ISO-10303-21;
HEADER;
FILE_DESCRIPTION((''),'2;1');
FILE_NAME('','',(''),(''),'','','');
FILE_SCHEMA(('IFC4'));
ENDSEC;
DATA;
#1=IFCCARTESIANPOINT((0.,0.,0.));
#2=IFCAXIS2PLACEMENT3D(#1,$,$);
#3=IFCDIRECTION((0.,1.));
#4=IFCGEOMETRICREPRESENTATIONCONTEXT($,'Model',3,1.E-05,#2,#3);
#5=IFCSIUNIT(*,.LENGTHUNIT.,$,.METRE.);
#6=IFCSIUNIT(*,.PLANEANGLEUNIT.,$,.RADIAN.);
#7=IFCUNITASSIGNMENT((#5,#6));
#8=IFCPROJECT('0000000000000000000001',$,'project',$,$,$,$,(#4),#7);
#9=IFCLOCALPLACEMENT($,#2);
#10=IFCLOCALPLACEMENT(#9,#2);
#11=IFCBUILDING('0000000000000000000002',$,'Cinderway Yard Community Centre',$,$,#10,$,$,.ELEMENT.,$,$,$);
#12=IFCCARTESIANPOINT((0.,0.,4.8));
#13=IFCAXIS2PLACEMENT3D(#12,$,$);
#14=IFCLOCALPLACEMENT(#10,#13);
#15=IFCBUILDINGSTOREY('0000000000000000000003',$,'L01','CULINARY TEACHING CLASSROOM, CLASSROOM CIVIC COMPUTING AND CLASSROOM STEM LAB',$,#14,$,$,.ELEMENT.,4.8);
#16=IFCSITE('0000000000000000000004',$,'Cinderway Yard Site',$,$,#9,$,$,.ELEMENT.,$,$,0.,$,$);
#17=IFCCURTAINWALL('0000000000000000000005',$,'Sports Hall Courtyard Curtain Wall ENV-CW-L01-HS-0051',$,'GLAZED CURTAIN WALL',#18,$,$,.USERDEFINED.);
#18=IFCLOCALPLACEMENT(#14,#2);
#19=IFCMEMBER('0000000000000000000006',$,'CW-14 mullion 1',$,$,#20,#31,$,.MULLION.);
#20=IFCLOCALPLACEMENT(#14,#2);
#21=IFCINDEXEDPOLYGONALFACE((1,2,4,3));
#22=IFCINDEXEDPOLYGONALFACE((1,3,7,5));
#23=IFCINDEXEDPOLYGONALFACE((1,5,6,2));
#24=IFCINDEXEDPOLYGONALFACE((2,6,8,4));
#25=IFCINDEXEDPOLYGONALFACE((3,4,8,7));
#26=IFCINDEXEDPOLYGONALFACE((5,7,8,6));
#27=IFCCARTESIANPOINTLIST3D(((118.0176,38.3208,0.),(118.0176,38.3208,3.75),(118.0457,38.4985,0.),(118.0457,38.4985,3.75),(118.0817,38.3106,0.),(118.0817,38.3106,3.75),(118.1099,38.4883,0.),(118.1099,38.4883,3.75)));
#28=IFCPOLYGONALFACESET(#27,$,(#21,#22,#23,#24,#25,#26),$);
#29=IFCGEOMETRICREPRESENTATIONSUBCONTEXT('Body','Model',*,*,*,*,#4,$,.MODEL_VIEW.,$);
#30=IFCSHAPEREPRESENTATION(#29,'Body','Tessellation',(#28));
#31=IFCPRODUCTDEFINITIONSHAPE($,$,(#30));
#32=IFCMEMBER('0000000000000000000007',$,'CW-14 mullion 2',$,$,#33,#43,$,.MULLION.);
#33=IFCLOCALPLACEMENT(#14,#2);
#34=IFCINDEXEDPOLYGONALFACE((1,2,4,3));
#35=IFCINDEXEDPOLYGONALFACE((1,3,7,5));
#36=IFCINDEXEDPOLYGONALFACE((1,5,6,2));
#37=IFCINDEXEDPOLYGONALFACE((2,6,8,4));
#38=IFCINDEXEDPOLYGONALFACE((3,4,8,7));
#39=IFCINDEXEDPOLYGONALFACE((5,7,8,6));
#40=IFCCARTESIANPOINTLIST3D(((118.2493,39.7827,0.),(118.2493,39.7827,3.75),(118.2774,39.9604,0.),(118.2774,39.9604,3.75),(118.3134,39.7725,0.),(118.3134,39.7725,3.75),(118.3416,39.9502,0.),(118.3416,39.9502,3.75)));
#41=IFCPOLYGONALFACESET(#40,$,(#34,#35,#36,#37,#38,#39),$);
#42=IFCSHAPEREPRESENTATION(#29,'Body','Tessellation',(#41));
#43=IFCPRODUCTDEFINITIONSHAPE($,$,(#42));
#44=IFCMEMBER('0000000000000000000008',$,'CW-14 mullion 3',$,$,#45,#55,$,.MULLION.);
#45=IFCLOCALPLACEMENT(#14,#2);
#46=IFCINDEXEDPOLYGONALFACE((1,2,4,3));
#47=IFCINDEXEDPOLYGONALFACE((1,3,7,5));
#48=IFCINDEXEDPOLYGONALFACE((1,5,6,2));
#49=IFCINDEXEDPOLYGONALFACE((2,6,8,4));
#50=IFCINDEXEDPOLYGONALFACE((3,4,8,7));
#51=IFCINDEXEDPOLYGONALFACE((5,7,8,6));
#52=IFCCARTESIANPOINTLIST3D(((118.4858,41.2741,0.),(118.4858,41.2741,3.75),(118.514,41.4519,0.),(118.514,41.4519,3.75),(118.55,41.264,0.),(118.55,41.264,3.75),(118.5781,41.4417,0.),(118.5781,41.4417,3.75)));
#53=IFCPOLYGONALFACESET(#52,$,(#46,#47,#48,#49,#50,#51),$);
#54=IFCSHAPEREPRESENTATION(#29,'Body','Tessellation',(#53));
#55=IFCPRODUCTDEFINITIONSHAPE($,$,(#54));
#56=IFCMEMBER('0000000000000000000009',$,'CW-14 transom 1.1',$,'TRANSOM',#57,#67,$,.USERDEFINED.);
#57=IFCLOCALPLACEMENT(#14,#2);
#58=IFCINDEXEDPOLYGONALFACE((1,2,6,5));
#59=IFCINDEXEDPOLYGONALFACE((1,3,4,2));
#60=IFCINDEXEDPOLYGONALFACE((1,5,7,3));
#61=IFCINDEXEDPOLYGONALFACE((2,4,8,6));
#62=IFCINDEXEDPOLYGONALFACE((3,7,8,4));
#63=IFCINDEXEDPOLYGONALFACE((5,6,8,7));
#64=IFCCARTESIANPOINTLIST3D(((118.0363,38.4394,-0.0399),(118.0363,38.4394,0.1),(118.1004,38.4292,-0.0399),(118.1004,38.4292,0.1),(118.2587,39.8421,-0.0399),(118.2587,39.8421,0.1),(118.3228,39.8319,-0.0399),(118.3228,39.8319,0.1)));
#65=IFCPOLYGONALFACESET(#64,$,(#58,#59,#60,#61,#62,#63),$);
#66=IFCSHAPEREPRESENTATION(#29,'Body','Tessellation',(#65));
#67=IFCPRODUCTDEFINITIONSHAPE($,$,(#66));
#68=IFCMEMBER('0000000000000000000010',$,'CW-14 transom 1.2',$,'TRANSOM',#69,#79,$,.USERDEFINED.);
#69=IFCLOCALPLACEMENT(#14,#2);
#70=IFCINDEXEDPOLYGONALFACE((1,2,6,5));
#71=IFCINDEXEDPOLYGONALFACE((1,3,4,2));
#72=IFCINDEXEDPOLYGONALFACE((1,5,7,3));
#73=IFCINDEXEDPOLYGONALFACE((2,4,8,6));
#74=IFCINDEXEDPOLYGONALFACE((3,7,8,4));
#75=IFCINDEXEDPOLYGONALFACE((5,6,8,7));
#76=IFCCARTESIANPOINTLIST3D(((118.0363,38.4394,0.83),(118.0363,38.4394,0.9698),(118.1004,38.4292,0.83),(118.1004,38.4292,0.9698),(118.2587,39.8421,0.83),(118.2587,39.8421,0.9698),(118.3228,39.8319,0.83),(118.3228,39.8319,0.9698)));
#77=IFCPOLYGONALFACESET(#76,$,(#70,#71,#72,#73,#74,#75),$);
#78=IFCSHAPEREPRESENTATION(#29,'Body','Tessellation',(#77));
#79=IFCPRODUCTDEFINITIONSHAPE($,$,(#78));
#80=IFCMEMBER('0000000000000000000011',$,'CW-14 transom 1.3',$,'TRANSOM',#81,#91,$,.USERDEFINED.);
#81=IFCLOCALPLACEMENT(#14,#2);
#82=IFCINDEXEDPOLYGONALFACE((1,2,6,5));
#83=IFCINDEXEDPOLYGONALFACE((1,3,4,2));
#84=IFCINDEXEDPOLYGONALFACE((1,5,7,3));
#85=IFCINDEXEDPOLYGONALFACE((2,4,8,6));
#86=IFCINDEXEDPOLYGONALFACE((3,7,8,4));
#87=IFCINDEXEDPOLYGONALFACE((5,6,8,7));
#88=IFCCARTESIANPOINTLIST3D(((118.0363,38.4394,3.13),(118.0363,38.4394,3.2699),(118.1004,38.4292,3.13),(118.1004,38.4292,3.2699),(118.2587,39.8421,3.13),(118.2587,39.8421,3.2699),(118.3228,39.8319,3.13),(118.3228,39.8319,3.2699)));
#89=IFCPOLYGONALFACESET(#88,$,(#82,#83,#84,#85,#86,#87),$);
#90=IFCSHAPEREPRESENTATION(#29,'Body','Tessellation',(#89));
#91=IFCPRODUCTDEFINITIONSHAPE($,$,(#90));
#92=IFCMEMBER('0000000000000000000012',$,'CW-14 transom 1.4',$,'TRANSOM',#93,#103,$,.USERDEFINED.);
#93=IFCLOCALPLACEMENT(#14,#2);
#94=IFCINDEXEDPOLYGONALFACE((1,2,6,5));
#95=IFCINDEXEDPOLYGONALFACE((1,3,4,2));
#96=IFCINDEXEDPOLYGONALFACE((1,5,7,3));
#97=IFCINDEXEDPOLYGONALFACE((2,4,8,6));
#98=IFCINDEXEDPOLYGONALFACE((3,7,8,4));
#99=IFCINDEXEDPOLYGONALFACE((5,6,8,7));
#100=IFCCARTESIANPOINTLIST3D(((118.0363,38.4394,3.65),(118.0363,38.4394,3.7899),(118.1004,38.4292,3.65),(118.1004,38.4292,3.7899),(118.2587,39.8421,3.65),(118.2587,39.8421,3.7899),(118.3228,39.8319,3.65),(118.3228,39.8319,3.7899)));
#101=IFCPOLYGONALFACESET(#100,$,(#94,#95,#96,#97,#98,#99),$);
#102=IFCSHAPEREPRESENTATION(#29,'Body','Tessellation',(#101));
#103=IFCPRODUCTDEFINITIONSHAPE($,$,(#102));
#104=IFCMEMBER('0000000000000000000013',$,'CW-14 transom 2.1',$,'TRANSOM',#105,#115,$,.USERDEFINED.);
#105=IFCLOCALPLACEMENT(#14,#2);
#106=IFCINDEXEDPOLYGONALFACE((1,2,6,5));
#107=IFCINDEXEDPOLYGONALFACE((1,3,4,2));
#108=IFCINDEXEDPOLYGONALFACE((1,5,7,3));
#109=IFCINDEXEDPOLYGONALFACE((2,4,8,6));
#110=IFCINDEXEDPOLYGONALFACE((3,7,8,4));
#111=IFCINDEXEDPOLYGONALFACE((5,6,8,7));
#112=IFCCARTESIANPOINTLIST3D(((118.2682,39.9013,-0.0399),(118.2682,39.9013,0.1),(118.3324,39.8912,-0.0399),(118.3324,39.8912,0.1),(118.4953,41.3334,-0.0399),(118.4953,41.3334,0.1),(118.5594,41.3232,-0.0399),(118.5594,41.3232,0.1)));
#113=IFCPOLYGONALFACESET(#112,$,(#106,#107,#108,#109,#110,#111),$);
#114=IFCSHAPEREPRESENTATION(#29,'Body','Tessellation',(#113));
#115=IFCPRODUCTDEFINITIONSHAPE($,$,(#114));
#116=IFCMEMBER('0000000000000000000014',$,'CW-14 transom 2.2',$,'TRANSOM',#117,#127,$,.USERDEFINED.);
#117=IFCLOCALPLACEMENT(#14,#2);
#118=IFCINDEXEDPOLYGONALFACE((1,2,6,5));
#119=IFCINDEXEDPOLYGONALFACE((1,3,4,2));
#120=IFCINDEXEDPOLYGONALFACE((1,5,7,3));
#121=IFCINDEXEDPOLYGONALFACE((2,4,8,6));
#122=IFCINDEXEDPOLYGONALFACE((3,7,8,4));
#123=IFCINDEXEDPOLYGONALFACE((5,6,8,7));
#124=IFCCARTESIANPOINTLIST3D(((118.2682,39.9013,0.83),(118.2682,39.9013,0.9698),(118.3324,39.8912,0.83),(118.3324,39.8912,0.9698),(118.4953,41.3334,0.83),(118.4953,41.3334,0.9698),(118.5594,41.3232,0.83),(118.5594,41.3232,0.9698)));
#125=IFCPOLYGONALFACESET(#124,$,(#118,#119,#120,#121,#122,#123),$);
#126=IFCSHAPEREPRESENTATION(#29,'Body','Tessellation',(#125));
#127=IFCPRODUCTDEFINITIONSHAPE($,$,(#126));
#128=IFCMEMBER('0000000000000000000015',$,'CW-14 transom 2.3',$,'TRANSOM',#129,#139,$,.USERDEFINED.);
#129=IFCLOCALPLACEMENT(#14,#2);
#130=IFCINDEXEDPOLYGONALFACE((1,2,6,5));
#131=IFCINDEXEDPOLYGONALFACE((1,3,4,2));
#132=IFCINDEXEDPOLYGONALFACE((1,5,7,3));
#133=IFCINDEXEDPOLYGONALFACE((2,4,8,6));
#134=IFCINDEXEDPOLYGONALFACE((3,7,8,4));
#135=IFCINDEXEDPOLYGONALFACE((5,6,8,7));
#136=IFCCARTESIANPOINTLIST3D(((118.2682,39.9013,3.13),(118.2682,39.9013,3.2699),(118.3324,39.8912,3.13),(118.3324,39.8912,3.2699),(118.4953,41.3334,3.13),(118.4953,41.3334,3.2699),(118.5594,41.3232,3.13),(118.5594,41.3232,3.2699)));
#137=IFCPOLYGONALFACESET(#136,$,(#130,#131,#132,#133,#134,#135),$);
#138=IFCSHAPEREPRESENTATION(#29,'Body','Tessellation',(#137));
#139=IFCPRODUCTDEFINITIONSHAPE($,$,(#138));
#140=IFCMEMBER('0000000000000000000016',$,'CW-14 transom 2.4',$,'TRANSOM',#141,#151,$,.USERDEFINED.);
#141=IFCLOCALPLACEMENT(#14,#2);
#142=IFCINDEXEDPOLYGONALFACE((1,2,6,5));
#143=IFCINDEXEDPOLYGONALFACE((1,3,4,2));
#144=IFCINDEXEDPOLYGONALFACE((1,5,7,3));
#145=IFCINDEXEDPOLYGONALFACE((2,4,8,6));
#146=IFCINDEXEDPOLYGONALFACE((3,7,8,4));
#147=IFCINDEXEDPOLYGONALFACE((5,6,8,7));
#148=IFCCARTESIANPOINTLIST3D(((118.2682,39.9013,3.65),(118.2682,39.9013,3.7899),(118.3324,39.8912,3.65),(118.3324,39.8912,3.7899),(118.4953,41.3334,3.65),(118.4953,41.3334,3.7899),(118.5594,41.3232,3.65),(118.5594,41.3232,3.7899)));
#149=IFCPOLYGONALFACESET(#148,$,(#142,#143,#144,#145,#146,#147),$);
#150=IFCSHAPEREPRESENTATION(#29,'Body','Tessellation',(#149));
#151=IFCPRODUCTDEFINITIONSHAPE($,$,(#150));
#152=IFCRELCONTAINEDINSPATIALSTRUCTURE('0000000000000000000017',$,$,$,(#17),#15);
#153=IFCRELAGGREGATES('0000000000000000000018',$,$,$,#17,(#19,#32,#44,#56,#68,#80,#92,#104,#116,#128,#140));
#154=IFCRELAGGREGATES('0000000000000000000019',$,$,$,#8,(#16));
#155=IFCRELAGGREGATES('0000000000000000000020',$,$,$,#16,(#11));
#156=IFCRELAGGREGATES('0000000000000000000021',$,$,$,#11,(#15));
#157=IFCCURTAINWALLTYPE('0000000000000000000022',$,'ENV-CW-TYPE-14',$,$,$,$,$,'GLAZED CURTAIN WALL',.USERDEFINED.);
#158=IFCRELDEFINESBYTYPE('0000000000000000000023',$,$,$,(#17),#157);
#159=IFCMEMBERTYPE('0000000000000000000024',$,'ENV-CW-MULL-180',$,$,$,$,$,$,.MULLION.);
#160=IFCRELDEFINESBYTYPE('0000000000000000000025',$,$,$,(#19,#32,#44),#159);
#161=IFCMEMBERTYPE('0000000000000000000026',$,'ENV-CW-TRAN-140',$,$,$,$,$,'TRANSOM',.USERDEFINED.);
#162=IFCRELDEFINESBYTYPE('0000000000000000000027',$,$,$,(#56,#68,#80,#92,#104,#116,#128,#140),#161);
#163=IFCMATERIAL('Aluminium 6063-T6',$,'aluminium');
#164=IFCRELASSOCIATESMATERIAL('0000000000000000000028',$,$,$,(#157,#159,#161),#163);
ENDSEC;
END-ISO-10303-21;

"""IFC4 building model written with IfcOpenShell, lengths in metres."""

from ifc_helpers import new_model, si_unit, direction, frame, origin, origin_2d, place, context, subcontext, project, spatial, rectangle, extrude, material, material_profile, profile_set, type_object, element, aggregate, save


model = new_model("IFC4")

# Units and contexts
model_context = context("Model", 3, precision=1e-05, world=origin(), true_north=direction((0.0, 1.0)))
body_context = subcontext(model_context, "Body", "Model", "MODEL_VIEW")
ifc_project = project(units=[si_unit("LENGTHUNIT", "METRE"), si_unit("PLANEANGLEUNIT", "RADIAN")], contexts=[model_context])

# Site, building, storey
site_placement = place(None, origin())
site = spatial("IfcSite", under=ifc_project, at=site_placement, Name="Cinderway Yard Site", CompositionType="ELEMENT", RefElevation=0.0)
building_placement = place(site_placement, origin())
building = spatial("IfcBuilding", under=site, at=building_placement, Name="Cinderway Yard Community Centre", CompositionType="ELEMENT")
storey_placement = place(building_placement, frame((0.0, 0.0, 4.8)))
storey = spatial("IfcBuildingStorey", under=building, at=storey_placement, Name="L01", Description="CULINARY TEACHING CLASSROOM, CLASSROOM CIVIC COMPUTING AND CLASSROOM STEM LAB", CompositionType="ELEMENT", Elevation=4.8)

# Curtain wall, members
ifc_material_1 = material(Name="Aluminium 6063-T6", Category="aluminium")
curtain_wall_type = type_object("IfcCurtainWallType", Name="ENV-CW-TYPE-14", ElementType="GLAZED CURTAIN WALL", PredefinedType="USERDEFINED", material=ifc_material_1)
curtain_wall_placement = place(storey_placement, origin())
curtain_wall = element("IfcCurtainWall", 1, at=curtain_wall_placement, inside=storey, type_object=curtain_wall_type, Name="Sports Hall Courtyard Curtain Wall ENV-CW-L01-HS-0051", ObjectType="GLAZED CURTAIN WALL", PredefinedType="USERDEFINED")
ifc_material_profile_1 = material_profile(ifc_material_1, rectangle(XDim=0.0649, YDim=0.1799, at=origin_2d()), Name="Aluminium 6063-T6")
ifc_profile_set_1 = profile_set([ifc_material_profile_1], Name="Aluminium 6063-T6")
member_type_1 = type_object("IfcMemberType", Name="ENV-CW-MULL-180", PredefinedType="MULLION", material=ifc_profile_set_1)
member_1_placement = place(storey_placement, frame((118.0637, 38.4045, 0.0), z_axis=(0.0, 0.0, 1.0), x_axis=(-0.987661, 0.156609, 0.0)))
member_1 = element("IfcMember", 2, at=member_1_placement, type_object=member_type_1, Name="CW-14 mullion 1", PredefinedType="MULLION", context=body_context, shape_type="SweptSolid", body=[
    extrude(rectangle(XDim=0.0649, YDim=0.1799, at=origin_2d()), origin(), (0.0, 0.0, 1.0), 3.75),
])
member_2_placement = place(storey_placement, frame((118.2954, 39.8665, 0.0), z_axis=(0.0, 0.0, 1.0), x_axis=(-0.987661, 0.156609, 0.0)))
member_2 = element("IfcMember", 3, at=member_2_placement, type_object=member_type_1, Name="CW-14 mullion 2", PredefinedType="MULLION", context=body_context, shape_type="SweptSolid", body=[
    extrude(rectangle(XDim=0.0649, YDim=0.1799, at=origin_2d()), origin(), (0.0, 0.0, 1.0), 3.75),
])
member_3_placement = place(storey_placement, frame((118.532, 41.3579, 0.0), z_axis=(0.0, 0.0, 1.0), x_axis=(-0.987661, 0.156609, 0.0)))
member_3 = element("IfcMember", 4, at=member_3_placement, type_object=member_type_1, Name="CW-14 mullion 3", PredefinedType="MULLION", context=body_context, shape_type="SweptSolid", body=[
    extrude(rectangle(XDim=0.0649, YDim=0.1799, at=origin_2d()), origin(), (0.0, 0.0, 1.0), 3.75),
])
ifc_material_profile_2 = material_profile(ifc_material_1, rectangle(XDim=0.0649, YDim=0.1399, at=origin_2d()), Name="Aluminium 6063-T6")
ifc_profile_set_2 = profile_set([ifc_material_profile_2], Name="Aluminium 6063-T6")
member_type_2 = type_object("IfcMemberType", Name="ENV-CW-TRAN-140", ElementType="TRANSOM", PredefinedType="USERDEFINED", material=ifc_profile_set_2)
member_4_placement = place(storey_placement, frame((118.0684, 38.4343, 0.03), z_axis=(0.156616, 0.98766, 0.0), x_axis=(-0.98766, 0.156616, 0.0)))
member_4 = element("IfcMember", 5, at=member_4_placement, type_object=member_type_2, Name="CW-14 transom 1.1", ObjectType="TRANSOM", PredefinedType="USERDEFINED", context=body_context, shape_type="SweptSolid", body=[
    extrude(rectangle(XDim=0.0649, YDim=0.1399, at=origin_2d()), origin(), (0.0, 0.0, 1.0), 1.4202),
])
member_5_placement = place(storey_placement, frame((118.0684, 38.4343, 0.8999), z_axis=(0.156616, 0.98766, 0.0), x_axis=(-0.98766, 0.156616, 0.0)))
member_5 = element("IfcMember", 6, at=member_5_placement, type_object=member_type_2, Name="CW-14 transom 1.2", ObjectType="TRANSOM", PredefinedType="USERDEFINED", context=body_context, shape_type="SweptSolid", body=[
    extrude(rectangle(XDim=0.0649, YDim=0.1399, at=origin_2d()), origin(), (0.0, 0.0, 1.0), 1.4202),
])
member_6_placement = place(storey_placement, frame((118.0684, 38.4343, 3.2), z_axis=(0.156616, 0.98766, 0.0), x_axis=(-0.98766, 0.156616, 0.0)))
member_6 = element("IfcMember", 7, at=member_6_placement, type_object=member_type_2, Name="CW-14 transom 1.3", ObjectType="TRANSOM", PredefinedType="USERDEFINED", context=body_context, shape_type="SweptSolid", body=[
    extrude(rectangle(XDim=0.0649, YDim=0.1399, at=origin_2d()), origin(), (0.0, 0.0, 1.0), 1.4202),
])
member_7_placement = place(storey_placement, frame((118.0684, 38.4343, 3.72), z_axis=(0.156616, 0.98766, 0.0), x_axis=(-0.98766, 0.156616, 0.0)))
member_7 = element("IfcMember", 8, at=member_7_placement, type_object=member_type_2, Name="CW-14 transom 1.4", ObjectType="TRANSOM", PredefinedType="USERDEFINED", context=body_context, shape_type="SweptSolid", body=[
    extrude(rectangle(XDim=0.0649, YDim=0.1399, at=origin_2d()), origin(), (0.0, 0.0, 1.0), 1.4202),
])
member_8_placement = place(storey_placement, frame((118.3003, 39.8962, 0.03), z_axis=(0.156585, 0.987664, 0.0), x_axis=(-0.987664, 0.156585, 0.0)))
member_8 = element("IfcMember", 9, at=member_8_placement, type_object=member_type_2, Name="CW-14 transom 2.1", ObjectType="TRANSOM", PredefinedType="USERDEFINED", context=body_context, shape_type="SweptSolid", body=[
    extrude(rectangle(XDim=0.0649, YDim=0.1399, at=origin_2d()), origin(), (0.0, 0.0, 1.0), 1.45),
])
member_9_placement = place(storey_placement, frame((118.3003, 39.8962, 0.8999), z_axis=(0.156585, 0.987664, 0.0), x_axis=(-0.987664, 0.156585, 0.0)))
member_9 = element("IfcMember", 10, at=member_9_placement, type_object=member_type_2, Name="CW-14 transom 2.2", ObjectType="TRANSOM", PredefinedType="USERDEFINED", context=body_context, shape_type="SweptSolid", body=[
    extrude(rectangle(XDim=0.0649, YDim=0.1399, at=origin_2d()), origin(), (0.0, 0.0, 1.0), 1.45),
])
member_10_placement = place(storey_placement, frame((118.3003, 39.8962, 3.2), z_axis=(0.156585, 0.987664, 0.0), x_axis=(-0.987664, 0.156585, 0.0)))
member_10 = element("IfcMember", 11, at=member_10_placement, type_object=member_type_2, Name="CW-14 transom 2.3", ObjectType="TRANSOM", PredefinedType="USERDEFINED", context=body_context, shape_type="SweptSolid", body=[
    extrude(rectangle(XDim=0.0649, YDim=0.1399, at=origin_2d()), origin(), (0.0, 0.0, 1.0), 1.45),
])
member_11_placement = place(storey_placement, frame((118.3003, 39.8962, 3.72), z_axis=(0.156585, 0.987664, 0.0), x_axis=(-0.987664, 0.156585, 0.0)))
member_11 = element("IfcMember", 12, at=member_11_placement, type_object=member_type_2, Name="CW-14 transom 2.4", ObjectType="TRANSOM", PredefinedType="USERDEFINED", context=body_context, shape_type="SweptSolid", body=[
    extrude(rectangle(XDim=0.0649, YDim=0.1399, at=origin_2d()), origin(), (0.0, 0.0, 1.0), 1.45),
])

aggregate(curtain_wall, [member_1, member_2, member_3, member_4, member_5, member_6, member_7, member_8, member_9, member_10, member_11])

save(model, "model.ifc")
